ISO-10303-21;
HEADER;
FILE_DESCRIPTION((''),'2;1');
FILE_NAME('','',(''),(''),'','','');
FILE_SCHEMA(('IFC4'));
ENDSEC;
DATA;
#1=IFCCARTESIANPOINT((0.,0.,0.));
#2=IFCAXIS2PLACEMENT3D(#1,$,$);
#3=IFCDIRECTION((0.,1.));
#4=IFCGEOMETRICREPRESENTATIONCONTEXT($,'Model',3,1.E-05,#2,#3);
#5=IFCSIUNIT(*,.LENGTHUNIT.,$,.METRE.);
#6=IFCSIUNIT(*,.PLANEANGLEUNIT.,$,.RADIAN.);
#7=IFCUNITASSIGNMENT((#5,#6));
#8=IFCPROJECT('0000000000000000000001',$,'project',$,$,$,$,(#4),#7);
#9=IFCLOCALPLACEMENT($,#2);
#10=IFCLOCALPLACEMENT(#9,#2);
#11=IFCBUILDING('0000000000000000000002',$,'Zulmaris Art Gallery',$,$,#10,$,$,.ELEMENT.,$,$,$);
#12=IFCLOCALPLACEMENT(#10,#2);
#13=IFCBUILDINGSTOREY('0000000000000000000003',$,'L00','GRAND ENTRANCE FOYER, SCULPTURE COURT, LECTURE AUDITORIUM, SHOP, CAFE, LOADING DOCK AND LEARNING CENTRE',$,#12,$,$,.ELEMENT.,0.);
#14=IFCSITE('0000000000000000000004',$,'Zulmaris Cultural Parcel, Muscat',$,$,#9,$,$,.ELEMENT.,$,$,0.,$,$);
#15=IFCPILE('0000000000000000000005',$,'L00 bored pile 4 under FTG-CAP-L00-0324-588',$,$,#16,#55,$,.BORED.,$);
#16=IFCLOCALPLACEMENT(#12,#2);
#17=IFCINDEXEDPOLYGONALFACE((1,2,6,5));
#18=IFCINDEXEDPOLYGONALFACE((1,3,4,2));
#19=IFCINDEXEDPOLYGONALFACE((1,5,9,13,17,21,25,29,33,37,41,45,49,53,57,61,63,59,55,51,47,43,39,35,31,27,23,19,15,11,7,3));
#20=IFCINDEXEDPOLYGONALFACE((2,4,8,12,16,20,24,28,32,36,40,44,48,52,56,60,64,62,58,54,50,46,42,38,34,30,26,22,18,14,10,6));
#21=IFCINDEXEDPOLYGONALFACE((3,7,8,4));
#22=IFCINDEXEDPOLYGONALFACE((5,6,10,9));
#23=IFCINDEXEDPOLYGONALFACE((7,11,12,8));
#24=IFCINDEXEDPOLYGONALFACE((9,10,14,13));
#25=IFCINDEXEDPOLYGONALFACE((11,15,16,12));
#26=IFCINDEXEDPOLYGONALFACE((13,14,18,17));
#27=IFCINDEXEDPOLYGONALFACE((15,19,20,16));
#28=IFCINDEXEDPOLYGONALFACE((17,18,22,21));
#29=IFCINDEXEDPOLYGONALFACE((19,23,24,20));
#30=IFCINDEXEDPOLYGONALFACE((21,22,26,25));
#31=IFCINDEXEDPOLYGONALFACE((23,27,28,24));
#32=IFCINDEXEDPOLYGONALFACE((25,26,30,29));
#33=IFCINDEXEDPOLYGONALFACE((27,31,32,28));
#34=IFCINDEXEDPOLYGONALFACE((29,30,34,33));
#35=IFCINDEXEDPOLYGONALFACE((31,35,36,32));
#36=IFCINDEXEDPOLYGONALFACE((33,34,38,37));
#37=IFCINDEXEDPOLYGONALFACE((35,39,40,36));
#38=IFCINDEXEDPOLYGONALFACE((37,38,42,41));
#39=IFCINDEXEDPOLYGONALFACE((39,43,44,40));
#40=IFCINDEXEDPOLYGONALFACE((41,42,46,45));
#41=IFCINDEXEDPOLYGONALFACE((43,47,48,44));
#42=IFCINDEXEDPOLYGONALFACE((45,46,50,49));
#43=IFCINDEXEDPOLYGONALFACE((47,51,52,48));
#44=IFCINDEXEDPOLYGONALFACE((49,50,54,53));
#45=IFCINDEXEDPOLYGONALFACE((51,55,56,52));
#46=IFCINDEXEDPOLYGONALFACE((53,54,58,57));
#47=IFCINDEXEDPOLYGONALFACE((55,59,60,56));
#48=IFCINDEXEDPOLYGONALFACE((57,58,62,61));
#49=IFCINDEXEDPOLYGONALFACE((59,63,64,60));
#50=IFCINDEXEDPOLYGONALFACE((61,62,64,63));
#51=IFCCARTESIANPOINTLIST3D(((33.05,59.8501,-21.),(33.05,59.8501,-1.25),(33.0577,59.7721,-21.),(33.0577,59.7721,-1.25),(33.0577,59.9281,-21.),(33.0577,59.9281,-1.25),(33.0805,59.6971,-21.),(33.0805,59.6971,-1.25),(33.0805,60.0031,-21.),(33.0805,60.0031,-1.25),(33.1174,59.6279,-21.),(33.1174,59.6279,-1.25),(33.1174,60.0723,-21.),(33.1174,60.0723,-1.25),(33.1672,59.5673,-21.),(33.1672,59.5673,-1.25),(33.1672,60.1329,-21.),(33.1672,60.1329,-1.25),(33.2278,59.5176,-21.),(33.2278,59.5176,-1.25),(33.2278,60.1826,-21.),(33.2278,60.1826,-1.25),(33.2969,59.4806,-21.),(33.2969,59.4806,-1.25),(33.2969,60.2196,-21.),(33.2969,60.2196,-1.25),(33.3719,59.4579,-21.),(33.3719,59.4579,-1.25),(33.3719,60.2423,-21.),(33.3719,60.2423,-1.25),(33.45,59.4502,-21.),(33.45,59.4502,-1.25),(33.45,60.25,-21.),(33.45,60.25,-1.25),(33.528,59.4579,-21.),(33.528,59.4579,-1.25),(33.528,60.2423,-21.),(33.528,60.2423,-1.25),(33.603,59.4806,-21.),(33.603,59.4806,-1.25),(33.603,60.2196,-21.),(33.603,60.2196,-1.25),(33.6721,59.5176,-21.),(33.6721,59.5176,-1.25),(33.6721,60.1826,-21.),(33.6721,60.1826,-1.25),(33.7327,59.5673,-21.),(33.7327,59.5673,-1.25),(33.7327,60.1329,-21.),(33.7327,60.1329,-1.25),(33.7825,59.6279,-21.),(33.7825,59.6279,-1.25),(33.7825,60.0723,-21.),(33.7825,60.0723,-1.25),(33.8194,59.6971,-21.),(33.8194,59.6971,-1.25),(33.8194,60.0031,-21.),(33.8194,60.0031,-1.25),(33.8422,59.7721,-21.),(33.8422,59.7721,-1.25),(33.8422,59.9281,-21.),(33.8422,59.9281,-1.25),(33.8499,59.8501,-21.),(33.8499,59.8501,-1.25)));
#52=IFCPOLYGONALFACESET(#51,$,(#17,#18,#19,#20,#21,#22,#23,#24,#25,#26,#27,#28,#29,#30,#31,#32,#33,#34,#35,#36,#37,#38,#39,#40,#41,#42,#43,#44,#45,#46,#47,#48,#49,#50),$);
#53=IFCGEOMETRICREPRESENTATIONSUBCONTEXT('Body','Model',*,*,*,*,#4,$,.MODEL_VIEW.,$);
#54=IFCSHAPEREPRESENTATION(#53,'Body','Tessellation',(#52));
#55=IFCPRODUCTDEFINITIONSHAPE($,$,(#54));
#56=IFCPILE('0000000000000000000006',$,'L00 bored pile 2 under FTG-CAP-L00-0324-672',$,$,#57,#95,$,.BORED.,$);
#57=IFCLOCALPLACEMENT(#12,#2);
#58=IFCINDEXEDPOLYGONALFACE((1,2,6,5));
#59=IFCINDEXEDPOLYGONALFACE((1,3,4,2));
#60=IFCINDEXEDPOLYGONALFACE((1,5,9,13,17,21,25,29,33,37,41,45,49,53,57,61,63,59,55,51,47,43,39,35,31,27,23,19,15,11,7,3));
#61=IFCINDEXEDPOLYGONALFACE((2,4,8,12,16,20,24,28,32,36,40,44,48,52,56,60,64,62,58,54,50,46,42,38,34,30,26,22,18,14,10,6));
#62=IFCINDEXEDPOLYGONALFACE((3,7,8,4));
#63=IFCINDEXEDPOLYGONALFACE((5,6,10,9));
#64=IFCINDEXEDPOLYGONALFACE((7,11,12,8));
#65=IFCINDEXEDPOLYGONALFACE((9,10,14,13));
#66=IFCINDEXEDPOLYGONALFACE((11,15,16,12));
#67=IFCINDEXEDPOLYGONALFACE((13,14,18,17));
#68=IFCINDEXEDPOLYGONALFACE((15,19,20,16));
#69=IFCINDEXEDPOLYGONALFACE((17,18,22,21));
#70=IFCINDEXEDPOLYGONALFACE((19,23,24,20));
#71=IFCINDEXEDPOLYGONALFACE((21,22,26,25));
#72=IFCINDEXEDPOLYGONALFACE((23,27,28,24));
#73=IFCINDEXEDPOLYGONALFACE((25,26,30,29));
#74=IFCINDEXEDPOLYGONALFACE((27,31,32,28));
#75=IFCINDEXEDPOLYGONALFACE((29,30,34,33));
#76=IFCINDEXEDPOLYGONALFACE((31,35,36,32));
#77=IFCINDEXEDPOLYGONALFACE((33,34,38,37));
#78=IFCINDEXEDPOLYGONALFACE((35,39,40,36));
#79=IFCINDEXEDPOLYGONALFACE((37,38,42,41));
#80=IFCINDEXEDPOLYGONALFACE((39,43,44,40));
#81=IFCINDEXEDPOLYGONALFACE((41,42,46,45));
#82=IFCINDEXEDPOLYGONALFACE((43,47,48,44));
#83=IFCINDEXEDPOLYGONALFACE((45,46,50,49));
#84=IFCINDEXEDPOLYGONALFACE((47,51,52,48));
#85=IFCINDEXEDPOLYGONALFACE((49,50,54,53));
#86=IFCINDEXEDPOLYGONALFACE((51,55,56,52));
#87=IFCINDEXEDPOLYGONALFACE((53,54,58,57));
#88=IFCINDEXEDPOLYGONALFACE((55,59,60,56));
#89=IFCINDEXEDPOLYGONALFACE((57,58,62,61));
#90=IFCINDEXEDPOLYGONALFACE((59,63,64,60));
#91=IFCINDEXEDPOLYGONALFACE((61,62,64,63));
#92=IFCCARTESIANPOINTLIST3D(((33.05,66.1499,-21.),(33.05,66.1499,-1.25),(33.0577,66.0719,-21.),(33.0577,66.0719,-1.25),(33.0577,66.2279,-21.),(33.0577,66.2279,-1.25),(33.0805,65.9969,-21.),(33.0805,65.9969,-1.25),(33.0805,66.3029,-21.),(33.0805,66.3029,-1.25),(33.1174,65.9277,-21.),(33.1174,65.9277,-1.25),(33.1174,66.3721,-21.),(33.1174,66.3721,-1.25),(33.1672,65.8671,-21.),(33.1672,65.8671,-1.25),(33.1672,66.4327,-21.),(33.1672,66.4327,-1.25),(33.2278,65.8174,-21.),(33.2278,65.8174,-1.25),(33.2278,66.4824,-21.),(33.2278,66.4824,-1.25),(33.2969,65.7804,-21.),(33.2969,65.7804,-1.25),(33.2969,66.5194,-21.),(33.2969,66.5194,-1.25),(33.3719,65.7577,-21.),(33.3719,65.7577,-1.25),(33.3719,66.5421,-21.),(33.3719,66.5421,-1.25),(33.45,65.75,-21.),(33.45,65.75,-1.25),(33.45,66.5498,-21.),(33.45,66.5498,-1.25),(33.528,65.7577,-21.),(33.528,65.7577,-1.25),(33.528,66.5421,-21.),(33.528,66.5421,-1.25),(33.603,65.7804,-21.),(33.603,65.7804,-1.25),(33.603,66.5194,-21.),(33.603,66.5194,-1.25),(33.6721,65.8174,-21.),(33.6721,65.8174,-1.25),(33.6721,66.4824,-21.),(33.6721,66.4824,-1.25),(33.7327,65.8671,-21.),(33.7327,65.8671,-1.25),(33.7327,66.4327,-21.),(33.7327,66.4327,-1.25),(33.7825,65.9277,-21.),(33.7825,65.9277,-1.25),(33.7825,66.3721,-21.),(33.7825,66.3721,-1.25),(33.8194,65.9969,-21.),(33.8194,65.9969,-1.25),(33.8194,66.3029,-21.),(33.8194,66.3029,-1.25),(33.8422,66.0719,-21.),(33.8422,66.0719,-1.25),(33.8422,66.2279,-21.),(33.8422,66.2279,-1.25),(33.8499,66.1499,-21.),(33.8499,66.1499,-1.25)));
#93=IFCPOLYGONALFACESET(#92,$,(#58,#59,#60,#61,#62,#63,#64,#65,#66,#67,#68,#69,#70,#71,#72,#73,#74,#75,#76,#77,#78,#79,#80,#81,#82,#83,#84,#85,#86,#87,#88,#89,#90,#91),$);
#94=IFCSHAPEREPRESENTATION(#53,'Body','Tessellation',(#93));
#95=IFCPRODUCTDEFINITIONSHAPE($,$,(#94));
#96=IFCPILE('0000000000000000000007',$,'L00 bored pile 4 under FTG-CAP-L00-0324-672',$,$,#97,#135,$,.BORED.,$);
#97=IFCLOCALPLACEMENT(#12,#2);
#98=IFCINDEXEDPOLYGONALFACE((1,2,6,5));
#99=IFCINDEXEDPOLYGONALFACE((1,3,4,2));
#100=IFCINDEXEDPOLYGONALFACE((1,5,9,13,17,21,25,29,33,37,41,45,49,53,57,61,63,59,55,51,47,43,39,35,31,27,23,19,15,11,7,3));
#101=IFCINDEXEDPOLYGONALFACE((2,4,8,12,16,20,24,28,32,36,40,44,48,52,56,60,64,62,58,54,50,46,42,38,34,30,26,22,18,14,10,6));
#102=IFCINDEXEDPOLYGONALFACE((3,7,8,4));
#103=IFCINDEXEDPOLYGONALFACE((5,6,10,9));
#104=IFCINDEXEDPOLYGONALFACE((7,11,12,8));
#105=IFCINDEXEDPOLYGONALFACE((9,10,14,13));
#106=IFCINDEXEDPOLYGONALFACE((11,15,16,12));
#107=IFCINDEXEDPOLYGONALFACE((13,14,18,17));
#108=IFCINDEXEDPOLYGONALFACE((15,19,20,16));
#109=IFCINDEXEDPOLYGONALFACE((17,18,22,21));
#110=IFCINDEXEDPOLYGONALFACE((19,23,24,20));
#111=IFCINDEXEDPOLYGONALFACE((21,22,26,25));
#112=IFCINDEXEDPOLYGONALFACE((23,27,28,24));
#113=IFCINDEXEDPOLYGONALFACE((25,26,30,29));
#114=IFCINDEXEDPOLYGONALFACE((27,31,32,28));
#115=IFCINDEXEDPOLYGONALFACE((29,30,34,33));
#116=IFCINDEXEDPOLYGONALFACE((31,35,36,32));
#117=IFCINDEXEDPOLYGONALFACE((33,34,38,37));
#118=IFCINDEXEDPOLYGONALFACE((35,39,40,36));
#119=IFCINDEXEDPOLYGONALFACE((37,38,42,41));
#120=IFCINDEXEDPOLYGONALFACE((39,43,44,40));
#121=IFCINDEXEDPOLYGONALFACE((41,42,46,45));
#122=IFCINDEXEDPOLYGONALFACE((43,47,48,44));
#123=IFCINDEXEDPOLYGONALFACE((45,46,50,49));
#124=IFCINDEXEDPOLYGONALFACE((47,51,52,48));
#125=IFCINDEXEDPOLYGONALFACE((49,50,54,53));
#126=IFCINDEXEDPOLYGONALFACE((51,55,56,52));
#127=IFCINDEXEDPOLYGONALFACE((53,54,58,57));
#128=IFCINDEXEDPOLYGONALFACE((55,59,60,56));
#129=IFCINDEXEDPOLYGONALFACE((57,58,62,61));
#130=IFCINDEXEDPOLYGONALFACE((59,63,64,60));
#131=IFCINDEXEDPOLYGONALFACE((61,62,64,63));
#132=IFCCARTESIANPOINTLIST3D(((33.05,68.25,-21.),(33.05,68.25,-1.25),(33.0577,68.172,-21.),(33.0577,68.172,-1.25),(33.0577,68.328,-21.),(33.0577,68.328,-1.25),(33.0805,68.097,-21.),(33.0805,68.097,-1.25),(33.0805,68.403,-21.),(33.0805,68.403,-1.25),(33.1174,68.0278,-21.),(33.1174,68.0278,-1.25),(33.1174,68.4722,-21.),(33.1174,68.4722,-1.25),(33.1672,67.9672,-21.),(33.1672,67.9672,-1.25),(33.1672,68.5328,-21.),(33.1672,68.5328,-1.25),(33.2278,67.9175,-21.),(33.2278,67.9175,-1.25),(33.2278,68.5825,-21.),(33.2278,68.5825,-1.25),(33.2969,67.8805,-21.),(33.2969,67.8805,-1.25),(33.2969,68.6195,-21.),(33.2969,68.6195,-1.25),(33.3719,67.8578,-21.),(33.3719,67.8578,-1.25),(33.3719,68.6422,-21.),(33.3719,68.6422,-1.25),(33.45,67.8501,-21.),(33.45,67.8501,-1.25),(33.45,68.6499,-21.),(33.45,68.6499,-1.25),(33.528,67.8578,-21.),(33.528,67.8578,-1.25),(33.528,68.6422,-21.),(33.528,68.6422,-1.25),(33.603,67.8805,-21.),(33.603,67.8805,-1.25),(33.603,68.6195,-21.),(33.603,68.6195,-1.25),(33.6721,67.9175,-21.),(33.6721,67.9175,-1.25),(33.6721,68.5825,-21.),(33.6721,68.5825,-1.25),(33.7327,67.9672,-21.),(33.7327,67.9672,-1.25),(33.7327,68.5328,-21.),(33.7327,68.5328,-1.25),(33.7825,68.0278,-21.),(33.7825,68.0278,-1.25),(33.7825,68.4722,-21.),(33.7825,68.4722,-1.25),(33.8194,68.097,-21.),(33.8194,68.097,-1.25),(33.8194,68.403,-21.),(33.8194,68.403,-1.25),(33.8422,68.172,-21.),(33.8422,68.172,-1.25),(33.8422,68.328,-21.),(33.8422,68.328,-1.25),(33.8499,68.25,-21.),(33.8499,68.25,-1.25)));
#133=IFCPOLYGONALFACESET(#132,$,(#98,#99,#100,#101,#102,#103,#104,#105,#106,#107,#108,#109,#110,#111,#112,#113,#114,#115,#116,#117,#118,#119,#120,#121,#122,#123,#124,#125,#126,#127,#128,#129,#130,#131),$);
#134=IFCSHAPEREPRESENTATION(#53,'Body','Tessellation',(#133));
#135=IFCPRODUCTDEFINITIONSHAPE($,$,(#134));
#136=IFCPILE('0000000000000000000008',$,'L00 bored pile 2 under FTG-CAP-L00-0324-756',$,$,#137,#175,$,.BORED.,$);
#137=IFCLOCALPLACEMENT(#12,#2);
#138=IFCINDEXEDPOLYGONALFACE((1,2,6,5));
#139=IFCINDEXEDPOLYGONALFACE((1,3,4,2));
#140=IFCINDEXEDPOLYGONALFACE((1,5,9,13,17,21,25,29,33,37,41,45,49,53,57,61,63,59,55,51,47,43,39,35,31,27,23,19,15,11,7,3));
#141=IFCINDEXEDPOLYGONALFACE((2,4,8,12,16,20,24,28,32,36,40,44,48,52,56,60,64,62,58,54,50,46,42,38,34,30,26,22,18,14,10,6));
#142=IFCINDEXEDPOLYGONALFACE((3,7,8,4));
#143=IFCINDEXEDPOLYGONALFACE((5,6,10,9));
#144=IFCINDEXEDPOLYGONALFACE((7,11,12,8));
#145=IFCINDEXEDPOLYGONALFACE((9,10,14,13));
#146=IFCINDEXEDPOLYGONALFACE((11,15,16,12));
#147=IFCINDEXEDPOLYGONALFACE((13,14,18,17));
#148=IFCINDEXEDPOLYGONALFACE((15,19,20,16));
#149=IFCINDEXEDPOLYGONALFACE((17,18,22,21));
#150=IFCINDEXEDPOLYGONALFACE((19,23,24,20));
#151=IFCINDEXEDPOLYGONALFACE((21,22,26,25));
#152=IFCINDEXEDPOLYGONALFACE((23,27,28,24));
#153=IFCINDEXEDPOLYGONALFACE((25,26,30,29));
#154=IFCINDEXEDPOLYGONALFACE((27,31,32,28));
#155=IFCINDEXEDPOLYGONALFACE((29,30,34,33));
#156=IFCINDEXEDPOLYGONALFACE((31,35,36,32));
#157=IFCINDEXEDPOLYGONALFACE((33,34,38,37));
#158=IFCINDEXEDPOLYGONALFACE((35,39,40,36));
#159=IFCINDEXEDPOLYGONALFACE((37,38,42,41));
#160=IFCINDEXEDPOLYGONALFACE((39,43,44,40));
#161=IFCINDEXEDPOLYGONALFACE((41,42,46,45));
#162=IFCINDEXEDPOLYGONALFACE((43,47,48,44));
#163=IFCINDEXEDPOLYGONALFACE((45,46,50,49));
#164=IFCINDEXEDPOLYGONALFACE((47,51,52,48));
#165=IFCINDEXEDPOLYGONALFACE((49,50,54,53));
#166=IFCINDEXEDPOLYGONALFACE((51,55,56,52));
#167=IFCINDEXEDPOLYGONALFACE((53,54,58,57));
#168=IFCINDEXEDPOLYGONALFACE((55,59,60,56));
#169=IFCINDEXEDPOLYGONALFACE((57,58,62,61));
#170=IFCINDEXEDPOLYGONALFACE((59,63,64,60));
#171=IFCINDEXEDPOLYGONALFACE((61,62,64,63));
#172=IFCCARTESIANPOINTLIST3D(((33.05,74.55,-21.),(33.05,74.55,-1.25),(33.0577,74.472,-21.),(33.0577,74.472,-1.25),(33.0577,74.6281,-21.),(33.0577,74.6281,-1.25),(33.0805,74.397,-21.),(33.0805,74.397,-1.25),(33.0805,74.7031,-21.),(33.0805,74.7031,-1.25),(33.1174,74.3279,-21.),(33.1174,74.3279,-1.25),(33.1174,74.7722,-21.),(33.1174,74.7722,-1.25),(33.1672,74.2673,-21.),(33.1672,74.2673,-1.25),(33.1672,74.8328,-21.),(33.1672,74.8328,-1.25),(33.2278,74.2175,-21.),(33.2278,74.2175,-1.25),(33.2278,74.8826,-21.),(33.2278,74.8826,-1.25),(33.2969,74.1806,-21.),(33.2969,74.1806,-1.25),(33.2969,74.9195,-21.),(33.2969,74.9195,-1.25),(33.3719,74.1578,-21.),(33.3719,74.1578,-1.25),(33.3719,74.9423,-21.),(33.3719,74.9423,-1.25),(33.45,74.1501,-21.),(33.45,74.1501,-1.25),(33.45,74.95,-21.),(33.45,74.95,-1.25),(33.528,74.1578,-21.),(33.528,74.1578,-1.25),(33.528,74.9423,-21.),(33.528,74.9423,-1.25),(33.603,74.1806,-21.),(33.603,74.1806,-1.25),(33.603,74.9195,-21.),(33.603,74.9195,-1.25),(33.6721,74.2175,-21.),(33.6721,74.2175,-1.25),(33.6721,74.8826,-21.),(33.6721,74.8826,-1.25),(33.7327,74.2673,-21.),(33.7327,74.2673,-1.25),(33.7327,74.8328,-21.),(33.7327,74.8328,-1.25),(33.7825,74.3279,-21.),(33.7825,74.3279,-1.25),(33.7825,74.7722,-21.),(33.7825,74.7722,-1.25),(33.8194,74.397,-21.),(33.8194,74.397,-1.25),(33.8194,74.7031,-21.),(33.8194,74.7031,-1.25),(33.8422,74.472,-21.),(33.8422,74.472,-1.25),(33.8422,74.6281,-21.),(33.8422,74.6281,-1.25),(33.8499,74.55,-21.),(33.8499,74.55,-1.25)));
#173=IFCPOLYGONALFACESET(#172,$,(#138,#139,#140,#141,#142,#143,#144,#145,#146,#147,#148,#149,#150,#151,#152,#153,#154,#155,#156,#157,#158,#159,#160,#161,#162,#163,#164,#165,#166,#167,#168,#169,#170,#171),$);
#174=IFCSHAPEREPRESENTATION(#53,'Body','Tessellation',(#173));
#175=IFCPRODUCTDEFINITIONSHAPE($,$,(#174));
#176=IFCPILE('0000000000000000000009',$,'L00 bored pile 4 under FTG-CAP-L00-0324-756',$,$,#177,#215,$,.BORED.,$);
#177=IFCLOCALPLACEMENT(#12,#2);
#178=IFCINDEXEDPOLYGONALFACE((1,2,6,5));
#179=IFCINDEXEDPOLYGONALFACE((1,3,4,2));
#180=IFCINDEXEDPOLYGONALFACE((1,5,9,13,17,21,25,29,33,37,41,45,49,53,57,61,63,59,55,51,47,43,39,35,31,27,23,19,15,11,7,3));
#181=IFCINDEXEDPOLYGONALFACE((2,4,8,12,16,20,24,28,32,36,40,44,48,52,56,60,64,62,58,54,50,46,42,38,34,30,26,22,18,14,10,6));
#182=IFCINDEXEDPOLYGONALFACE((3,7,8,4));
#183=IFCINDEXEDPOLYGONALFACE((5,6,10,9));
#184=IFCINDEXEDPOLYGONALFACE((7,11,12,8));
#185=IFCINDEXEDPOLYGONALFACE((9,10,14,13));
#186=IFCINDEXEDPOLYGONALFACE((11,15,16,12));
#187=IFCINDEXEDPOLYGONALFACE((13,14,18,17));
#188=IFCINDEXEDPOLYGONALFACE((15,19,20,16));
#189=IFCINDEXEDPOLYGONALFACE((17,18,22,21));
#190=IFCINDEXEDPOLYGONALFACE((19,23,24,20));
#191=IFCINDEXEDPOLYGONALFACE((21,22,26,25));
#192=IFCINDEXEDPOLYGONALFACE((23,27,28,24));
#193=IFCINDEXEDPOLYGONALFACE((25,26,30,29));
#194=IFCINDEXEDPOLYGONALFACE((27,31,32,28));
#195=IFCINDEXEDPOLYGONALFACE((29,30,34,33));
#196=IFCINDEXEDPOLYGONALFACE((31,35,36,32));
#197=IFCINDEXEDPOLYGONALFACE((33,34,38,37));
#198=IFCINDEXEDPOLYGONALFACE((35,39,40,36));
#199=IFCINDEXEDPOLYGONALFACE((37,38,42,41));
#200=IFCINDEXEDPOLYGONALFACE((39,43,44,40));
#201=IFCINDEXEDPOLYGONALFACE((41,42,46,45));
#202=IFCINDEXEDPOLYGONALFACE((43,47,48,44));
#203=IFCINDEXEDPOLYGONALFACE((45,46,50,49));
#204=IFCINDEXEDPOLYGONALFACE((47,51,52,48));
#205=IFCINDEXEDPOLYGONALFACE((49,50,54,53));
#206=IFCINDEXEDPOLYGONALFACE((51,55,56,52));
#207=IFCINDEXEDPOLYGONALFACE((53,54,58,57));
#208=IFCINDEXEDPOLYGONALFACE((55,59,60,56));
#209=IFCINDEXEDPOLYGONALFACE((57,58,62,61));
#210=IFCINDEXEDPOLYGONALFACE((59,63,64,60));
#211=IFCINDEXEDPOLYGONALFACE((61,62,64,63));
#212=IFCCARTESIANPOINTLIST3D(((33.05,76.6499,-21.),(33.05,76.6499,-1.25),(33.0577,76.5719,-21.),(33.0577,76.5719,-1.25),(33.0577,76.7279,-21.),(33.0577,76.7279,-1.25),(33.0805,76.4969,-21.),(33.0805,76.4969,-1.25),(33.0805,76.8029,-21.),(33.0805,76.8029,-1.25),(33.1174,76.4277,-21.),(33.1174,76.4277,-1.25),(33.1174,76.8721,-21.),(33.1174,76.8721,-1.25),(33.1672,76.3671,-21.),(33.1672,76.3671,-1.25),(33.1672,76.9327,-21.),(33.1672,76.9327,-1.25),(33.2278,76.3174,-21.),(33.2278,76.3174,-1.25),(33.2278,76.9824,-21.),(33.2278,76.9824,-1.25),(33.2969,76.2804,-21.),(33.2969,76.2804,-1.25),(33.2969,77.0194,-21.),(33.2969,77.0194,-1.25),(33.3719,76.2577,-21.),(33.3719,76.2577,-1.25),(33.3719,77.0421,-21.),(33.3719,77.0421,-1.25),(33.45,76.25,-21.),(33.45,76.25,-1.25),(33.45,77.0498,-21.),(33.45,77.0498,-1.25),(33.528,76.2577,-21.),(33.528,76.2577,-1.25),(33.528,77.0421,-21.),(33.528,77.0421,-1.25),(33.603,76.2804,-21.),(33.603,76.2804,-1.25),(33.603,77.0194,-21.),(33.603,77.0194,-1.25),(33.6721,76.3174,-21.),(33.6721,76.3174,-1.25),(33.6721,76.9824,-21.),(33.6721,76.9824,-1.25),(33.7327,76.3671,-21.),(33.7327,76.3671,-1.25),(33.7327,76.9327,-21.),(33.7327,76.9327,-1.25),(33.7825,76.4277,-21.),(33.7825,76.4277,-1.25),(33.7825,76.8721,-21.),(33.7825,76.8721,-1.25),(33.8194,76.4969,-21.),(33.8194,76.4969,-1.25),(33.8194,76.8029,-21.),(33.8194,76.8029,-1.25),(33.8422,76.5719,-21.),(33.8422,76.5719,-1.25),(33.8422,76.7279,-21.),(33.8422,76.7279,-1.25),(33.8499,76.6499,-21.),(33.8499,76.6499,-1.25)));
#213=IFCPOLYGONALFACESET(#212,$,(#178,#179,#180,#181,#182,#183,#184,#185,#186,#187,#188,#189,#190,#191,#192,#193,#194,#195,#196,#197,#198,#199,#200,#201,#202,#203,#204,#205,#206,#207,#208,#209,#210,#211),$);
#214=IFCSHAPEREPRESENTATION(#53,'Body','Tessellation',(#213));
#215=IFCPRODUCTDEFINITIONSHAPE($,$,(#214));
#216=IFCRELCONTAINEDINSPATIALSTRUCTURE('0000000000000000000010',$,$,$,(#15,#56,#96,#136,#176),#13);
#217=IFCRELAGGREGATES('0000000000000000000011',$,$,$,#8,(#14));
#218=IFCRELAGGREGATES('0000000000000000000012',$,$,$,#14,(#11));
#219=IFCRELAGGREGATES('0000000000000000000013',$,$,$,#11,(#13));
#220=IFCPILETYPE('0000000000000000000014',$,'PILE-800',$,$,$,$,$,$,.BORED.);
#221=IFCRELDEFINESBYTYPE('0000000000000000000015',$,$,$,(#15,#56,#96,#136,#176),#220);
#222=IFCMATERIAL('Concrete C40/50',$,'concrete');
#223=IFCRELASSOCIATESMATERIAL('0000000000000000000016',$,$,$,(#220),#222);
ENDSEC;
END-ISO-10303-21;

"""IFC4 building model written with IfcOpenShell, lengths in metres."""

from ifc_helpers import new_model, si_unit, direction, frame, origin, origin_2d, place, context, subcontext, project, spatial, circle, extrude, material, material_profile, profile_set, type_object, element, save


model = new_model("IFC4")

# Units and contexts
model_context = context("Model", 3, precision=1e-05, world=origin(), true_north=direction((0.0, 1.0)))
body_context = subcontext(model_context, "Body", "Model", "MODEL_VIEW")
ifc_project = project(units=[si_unit("LENGTHUNIT", "METRE"), si_unit("PLANEANGLEUNIT", "RADIAN")], contexts=[model_context])

# Site, building, storey
site_placement = place(None, origin())
site = spatial("IfcSite", under=ifc_project, at=site_placement, Name="Zulmaris Cultural Parcel, Muscat", CompositionType="ELEMENT", RefElevation=0.0)
building_placement = place(site_placement, origin())
building = spatial("IfcBuilding", under=site, at=building_placement, Name="Zulmaris Art Gallery", CompositionType="ELEMENT")
storey_placement = place(building_placement, origin())
storey = spatial("IfcBuildingStorey", under=building, at=storey_placement, Name="L00", Description="GRAND ENTRANCE FOYER, SCULPTURE COURT, LECTURE AUDITORIUM, SHOP, CAFE, LOADING DOCK AND LEARNING CENTRE", CompositionType="ELEMENT", Elevation=0.0)

# Piles
ifc_material_1 = material(Name="Concrete C40/50", Category="concrete")
ifc_material_profile_1 = material_profile(ifc_material_1, circle(Radius=0.3999, at=origin_2d()), Name="PILE DIA 800")
ifc_profile_set_1 = profile_set([ifc_material_profile_1], Name="Concrete C40/50")
pile_type = type_object("IfcPileType", Name="PILE-800", PredefinedType="BORED", material=ifc_profile_set_1)
for number, where, z_axis, x_axis, name in (
    (1, (33.45, 59.8501, -1.25), (0.0, 0.0, -1.0), (1.0, 0.0, 0.0), "L00 bored pile 4 under FTG-CAP-L00-0324-588"),
    (2, (33.45, 66.1499, -1.25), (0.0, 0.0, -1.0), (1.0, 0.0, 0.0), "L00 bored pile 2 under FTG-CAP-L00-0324-672"),
    (3, (33.45, 68.25, -1.25), (0.0, 0.0, -1.0), (1.0, 0.0, 0.0), "L00 bored pile 4 under FTG-CAP-L00-0324-672"),
    (4, (33.45, 74.55, -1.25), (0.0, 0.0, -1.0), (1.0, 0.0, 0.0), "L00 bored pile 2 under FTG-CAP-L00-0324-756"),
    (5, (33.45, 76.6499, -1.25), (0.0, 0.0, -1.0), (1.0, 0.0, 0.0), "L00 bored pile 4 under FTG-CAP-L00-0324-756"),
):
    element("IfcPile", number, at=place(storey_placement, frame(where, z_axis=z_axis, x_axis=x_axis)), inside=storey, type_object=pile_type, Name=name, PredefinedType="BORED", context=body_context, shape_type="SweptSolid", body=[
        extrude(circle(Radius=0.3999, at=origin_2d()), origin(), (0.0, 0.0, 1.0), 19.75),
    ])

save(model, "model.ifc")
